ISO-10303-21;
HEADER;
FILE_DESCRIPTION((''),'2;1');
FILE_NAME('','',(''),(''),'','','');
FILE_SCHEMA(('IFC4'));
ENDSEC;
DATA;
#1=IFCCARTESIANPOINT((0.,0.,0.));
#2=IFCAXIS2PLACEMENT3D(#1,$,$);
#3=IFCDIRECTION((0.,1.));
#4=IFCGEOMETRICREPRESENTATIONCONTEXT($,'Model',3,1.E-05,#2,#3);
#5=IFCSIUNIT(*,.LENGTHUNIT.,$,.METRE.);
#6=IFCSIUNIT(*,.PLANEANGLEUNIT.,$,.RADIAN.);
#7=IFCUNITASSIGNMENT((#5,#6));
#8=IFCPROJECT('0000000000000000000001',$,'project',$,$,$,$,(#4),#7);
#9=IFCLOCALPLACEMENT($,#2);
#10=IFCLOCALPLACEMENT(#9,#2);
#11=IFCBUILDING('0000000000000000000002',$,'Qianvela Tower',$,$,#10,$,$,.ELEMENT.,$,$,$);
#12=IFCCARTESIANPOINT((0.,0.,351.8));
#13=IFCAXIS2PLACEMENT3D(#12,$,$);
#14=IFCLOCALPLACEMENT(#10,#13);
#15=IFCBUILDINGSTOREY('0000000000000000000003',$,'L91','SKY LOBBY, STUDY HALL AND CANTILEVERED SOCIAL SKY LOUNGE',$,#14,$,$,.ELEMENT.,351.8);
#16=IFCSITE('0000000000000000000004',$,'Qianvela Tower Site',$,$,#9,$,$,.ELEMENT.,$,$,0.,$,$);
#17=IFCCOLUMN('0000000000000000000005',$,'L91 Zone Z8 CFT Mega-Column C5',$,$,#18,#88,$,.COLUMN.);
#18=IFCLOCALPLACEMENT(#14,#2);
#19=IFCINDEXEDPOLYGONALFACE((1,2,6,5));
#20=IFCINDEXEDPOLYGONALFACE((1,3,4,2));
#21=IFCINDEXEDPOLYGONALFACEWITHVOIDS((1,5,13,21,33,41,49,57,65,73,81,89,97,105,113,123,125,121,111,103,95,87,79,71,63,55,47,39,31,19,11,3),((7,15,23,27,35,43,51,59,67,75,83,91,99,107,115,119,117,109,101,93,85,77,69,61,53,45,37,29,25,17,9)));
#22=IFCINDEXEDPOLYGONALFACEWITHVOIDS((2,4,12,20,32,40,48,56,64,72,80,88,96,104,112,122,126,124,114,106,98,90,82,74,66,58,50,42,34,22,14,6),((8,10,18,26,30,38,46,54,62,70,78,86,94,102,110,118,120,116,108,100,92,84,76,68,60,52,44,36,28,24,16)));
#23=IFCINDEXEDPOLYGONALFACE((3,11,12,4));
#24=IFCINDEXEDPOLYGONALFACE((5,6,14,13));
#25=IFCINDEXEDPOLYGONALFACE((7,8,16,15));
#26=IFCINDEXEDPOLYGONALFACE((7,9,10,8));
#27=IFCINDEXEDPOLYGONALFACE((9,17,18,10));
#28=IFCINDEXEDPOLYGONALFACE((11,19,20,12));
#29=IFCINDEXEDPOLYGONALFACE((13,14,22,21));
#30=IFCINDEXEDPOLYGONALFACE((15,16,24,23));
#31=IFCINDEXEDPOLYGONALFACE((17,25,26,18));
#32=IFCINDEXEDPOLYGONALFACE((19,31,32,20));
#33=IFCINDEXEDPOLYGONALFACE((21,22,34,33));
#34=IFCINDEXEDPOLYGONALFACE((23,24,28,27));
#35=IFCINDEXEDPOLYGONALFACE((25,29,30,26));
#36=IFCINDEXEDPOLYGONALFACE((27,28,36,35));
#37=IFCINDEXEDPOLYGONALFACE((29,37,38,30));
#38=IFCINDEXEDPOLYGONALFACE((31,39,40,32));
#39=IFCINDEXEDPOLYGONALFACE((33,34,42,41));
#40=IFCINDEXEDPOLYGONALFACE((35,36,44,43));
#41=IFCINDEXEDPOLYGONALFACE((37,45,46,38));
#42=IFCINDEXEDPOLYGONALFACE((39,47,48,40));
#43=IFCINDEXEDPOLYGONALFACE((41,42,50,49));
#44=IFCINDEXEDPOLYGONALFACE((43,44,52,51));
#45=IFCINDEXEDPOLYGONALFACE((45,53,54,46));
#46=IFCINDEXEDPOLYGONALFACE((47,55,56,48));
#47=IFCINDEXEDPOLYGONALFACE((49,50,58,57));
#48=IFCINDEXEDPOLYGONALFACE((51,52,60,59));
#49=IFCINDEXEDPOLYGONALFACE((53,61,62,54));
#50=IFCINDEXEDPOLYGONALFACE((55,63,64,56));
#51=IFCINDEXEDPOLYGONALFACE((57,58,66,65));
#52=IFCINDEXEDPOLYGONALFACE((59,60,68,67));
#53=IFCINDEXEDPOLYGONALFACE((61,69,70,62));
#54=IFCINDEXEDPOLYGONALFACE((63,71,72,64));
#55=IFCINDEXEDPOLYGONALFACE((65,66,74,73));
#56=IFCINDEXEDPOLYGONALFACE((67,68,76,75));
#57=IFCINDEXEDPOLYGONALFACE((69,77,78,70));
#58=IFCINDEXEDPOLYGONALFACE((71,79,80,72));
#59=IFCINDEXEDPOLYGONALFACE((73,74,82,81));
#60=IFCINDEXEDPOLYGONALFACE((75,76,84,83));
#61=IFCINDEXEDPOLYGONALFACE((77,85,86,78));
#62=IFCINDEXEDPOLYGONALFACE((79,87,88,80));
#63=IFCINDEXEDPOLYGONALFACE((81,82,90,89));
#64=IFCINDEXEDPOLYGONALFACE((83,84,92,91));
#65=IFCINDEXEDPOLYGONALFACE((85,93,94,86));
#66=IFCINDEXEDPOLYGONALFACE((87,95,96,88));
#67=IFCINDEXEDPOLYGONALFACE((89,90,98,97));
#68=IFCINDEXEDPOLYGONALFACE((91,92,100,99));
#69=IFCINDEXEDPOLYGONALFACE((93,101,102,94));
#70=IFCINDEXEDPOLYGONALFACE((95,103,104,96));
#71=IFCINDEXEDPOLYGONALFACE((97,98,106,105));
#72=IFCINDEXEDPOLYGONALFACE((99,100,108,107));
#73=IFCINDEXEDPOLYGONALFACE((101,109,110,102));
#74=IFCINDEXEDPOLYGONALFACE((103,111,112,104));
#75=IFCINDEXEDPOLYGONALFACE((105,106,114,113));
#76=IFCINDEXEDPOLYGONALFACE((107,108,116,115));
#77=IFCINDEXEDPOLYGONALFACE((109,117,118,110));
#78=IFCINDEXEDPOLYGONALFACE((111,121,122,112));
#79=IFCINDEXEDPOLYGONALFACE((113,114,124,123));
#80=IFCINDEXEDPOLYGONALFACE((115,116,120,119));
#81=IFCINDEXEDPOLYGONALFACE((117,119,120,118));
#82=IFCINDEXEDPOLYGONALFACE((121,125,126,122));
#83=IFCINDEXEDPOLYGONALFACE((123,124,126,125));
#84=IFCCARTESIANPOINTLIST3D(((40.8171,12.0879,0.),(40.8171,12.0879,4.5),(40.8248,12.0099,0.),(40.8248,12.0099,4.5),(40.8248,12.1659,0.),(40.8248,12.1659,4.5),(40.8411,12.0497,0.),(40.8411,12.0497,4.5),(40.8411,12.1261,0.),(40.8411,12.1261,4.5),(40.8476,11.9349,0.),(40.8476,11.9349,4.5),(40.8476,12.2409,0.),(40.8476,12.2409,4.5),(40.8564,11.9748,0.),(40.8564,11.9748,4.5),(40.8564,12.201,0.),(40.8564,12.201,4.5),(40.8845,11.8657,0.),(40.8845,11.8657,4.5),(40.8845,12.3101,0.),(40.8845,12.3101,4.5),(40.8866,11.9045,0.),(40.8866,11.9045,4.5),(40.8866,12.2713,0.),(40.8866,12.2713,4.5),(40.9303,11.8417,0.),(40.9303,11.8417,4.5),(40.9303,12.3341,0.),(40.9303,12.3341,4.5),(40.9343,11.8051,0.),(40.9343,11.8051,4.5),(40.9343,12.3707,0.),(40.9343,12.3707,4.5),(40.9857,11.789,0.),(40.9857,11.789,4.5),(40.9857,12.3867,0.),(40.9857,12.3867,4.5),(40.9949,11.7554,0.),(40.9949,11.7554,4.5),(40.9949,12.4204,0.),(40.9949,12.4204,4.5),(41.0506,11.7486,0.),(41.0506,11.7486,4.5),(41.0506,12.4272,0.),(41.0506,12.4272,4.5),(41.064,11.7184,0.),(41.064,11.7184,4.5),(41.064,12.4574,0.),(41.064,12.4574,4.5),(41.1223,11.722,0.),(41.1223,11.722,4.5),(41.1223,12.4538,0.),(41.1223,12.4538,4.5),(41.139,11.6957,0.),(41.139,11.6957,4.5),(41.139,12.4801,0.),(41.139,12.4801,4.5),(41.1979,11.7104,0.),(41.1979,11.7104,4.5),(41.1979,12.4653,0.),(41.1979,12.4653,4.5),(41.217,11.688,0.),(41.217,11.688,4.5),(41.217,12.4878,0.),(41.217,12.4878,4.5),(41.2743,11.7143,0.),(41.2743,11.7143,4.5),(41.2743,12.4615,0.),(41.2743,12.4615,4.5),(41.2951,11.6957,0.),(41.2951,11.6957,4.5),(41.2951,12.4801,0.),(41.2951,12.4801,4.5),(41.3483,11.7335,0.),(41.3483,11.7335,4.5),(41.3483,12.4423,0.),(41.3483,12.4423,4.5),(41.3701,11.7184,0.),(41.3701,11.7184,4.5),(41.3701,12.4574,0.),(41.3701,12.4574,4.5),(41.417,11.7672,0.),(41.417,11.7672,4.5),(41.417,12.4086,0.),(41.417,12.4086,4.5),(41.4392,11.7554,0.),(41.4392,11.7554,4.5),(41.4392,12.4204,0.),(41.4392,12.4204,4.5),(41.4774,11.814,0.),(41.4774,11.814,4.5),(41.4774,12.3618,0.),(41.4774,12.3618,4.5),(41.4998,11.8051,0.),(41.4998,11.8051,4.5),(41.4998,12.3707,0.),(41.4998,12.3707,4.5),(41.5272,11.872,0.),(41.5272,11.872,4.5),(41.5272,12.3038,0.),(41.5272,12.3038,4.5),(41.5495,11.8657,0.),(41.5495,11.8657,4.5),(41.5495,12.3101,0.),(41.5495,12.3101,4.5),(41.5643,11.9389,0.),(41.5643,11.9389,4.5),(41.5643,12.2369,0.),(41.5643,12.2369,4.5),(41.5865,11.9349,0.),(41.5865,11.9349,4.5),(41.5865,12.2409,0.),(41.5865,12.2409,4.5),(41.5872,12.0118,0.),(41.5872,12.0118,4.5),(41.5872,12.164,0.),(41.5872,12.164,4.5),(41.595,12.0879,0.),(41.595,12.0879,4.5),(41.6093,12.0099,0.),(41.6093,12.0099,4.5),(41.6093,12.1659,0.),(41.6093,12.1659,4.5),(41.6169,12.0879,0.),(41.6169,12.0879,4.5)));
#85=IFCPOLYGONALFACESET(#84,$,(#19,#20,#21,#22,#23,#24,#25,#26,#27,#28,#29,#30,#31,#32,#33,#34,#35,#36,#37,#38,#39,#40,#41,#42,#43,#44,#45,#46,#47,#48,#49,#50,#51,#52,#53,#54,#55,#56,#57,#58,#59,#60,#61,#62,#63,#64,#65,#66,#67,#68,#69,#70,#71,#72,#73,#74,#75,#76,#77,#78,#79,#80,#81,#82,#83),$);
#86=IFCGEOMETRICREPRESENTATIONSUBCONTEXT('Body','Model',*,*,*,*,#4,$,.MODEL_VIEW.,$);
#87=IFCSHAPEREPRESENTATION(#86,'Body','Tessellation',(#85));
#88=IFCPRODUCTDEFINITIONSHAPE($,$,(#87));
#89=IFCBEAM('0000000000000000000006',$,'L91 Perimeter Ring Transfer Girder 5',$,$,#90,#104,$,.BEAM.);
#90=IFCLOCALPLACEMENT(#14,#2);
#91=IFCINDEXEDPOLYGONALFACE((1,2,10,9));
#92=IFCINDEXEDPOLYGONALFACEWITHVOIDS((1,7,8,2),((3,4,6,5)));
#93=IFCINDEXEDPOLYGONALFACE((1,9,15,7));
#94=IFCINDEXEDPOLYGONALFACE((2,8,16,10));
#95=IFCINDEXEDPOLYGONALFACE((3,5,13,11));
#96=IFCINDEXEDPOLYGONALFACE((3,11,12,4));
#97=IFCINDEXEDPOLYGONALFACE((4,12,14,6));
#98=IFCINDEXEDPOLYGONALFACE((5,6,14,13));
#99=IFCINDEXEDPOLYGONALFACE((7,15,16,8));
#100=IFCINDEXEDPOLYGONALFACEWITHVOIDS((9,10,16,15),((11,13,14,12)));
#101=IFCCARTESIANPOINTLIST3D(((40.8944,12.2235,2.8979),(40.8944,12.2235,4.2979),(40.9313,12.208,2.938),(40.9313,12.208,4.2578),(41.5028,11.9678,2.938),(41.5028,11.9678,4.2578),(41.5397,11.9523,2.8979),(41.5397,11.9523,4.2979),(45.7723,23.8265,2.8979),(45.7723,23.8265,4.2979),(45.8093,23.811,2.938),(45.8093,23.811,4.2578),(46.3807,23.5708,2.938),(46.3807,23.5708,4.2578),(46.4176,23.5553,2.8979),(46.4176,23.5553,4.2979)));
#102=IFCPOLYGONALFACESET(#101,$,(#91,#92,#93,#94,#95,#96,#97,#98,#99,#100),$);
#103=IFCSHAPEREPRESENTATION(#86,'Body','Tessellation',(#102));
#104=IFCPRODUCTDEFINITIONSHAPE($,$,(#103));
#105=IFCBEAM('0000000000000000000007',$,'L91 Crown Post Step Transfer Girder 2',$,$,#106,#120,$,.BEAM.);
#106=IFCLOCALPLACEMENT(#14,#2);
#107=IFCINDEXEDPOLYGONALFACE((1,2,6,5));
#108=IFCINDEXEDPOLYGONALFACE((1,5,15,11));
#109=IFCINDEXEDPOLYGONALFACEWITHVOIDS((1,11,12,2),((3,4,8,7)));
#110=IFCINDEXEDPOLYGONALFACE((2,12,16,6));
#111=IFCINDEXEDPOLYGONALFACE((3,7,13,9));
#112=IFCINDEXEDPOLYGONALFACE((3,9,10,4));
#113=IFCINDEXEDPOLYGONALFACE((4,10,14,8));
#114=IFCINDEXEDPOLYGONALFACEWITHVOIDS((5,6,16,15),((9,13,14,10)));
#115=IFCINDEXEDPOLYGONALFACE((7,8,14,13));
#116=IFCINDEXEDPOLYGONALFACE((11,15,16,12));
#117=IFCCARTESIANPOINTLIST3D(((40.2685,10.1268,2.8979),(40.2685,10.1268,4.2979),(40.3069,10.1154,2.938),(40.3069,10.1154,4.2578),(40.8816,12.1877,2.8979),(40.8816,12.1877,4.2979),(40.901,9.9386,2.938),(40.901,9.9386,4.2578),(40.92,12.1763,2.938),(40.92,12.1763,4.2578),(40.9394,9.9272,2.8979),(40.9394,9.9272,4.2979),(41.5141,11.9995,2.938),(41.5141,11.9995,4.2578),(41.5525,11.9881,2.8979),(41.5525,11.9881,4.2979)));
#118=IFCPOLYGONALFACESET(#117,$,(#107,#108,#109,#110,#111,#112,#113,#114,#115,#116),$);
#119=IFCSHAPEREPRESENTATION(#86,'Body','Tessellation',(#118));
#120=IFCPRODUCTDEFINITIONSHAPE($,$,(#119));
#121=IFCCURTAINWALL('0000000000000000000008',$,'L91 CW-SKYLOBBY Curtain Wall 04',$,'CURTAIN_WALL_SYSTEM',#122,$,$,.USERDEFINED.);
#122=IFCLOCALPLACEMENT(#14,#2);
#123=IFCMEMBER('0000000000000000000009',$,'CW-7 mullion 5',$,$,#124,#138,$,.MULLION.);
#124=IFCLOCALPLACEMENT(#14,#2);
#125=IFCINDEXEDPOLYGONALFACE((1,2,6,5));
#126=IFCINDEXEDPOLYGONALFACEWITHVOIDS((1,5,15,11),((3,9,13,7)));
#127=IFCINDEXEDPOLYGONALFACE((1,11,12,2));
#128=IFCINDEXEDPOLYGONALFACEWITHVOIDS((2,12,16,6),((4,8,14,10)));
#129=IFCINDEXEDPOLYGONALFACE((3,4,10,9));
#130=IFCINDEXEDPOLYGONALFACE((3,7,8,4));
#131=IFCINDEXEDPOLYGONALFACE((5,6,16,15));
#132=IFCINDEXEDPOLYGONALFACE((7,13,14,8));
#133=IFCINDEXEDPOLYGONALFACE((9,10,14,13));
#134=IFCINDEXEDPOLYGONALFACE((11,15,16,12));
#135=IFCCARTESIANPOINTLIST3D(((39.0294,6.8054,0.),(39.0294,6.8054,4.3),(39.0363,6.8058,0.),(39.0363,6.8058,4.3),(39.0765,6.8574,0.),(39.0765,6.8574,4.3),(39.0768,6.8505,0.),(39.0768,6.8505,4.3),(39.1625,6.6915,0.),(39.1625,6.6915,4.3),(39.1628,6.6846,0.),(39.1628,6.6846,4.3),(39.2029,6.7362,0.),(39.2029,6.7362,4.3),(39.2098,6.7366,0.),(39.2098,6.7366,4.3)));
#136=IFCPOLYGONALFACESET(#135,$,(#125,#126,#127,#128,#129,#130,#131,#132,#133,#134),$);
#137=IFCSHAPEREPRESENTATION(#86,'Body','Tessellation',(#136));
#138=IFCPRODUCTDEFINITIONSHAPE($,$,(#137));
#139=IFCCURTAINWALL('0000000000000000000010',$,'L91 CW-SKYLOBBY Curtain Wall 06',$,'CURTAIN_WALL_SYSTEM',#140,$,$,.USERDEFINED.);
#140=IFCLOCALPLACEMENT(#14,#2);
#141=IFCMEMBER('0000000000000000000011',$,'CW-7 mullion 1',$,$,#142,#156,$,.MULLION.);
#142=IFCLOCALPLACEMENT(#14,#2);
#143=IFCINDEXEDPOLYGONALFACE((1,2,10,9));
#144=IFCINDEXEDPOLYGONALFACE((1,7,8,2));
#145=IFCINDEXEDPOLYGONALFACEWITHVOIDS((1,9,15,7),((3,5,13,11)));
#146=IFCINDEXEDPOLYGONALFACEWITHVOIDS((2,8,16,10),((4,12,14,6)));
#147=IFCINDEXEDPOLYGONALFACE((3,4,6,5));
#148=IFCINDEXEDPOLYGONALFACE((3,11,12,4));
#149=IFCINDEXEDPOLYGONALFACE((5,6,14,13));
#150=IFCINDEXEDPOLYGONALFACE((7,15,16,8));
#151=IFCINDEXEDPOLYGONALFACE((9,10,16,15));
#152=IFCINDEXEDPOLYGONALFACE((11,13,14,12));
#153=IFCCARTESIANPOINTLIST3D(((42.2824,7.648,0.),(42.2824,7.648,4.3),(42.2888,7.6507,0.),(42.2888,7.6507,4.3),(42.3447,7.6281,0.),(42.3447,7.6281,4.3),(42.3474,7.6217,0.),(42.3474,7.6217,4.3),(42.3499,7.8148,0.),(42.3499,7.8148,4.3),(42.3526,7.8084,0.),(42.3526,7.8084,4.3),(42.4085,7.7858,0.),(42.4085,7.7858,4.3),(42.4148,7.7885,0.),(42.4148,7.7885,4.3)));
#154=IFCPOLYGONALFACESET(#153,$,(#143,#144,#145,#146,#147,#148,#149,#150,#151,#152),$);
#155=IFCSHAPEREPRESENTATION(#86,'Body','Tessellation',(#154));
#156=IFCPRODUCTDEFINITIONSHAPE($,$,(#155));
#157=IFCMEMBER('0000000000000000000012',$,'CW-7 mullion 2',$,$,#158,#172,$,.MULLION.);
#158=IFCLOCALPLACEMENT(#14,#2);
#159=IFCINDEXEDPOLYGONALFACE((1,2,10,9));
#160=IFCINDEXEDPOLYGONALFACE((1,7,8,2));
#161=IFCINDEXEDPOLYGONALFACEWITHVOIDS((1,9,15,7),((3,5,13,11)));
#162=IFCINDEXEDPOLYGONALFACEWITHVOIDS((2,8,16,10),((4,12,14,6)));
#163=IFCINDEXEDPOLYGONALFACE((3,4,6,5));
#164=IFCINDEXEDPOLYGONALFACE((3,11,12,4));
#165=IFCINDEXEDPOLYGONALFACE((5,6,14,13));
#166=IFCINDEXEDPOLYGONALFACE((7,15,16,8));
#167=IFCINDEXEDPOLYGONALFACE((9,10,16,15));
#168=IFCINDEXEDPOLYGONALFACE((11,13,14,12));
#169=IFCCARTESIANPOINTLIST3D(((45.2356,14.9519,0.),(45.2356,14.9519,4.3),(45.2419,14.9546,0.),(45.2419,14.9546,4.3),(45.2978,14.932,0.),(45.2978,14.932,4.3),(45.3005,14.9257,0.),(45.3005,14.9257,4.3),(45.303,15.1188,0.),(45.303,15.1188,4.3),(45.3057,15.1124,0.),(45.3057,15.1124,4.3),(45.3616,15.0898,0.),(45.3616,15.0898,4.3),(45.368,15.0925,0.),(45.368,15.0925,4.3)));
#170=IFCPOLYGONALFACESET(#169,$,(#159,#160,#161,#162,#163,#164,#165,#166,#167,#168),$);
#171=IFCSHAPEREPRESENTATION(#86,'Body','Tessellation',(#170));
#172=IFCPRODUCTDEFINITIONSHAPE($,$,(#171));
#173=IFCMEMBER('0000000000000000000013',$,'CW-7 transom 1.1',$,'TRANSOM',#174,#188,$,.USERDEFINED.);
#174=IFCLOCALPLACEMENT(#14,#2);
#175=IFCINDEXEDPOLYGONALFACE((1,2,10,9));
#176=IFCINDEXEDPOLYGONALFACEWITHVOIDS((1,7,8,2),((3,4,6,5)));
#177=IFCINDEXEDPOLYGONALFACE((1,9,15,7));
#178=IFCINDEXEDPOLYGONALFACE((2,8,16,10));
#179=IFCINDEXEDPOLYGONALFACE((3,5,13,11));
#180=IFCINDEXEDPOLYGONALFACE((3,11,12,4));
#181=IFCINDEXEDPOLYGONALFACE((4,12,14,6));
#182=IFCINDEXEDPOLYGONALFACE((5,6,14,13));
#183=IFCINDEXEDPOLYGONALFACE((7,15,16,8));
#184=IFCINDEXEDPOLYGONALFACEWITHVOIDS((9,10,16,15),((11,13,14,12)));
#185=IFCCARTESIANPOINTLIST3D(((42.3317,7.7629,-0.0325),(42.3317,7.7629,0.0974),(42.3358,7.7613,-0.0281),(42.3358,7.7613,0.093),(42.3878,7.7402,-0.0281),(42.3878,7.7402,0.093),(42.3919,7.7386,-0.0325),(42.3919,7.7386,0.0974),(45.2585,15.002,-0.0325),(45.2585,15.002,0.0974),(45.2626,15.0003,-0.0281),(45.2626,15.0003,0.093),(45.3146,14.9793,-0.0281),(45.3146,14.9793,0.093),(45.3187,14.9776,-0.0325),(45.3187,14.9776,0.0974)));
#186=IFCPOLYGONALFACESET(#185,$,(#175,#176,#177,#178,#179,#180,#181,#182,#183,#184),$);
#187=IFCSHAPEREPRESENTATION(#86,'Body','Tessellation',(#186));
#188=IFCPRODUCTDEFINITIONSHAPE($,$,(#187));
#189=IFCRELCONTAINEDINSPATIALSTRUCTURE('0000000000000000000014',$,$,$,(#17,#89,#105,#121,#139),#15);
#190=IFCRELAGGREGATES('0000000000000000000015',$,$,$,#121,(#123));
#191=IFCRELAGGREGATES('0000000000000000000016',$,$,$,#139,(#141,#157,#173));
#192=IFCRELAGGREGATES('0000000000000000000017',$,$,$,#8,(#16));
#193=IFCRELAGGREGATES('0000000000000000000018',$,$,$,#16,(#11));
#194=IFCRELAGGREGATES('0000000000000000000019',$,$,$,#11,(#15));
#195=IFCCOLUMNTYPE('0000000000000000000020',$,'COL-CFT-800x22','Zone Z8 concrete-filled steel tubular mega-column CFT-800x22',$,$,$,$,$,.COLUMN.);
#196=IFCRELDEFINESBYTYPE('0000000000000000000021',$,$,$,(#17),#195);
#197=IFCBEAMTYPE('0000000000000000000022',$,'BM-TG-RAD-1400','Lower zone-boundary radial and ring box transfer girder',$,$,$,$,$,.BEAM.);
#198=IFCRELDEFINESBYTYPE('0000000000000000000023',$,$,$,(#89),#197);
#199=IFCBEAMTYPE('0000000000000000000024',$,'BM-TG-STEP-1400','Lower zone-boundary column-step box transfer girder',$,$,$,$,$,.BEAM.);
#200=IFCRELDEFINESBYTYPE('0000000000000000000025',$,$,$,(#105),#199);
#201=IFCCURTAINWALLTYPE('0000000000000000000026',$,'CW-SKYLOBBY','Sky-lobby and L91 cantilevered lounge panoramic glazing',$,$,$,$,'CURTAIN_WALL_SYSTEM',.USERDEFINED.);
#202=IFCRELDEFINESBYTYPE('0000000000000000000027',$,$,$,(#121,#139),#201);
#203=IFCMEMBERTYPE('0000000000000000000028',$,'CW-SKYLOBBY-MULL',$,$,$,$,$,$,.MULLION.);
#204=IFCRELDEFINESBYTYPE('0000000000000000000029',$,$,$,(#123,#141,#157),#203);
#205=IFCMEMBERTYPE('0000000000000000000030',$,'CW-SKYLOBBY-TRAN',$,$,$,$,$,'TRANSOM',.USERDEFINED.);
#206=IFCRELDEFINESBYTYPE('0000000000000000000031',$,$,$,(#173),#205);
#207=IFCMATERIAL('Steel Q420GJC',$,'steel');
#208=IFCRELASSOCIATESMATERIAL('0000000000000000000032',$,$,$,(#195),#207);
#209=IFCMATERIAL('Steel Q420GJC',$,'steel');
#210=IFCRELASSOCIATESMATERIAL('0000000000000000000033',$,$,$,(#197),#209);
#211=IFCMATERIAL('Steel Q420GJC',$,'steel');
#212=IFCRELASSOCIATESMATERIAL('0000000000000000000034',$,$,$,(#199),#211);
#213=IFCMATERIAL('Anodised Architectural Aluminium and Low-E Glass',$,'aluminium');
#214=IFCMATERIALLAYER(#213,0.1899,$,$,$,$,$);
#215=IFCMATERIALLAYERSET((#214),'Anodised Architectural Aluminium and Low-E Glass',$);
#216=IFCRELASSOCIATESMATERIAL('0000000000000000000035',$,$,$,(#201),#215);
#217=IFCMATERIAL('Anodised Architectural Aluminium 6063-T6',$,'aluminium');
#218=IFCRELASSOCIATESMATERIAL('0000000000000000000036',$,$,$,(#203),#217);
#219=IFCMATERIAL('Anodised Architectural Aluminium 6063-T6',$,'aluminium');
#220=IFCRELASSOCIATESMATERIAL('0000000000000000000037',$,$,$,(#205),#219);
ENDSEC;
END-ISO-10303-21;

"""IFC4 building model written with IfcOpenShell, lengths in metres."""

from ifc_helpers import new_model, si_unit, direction, frame, origin, origin_2d, place, context, subcontext, project, spatial, hollow_rectangle, hollow_circle, extrude, material, layer, layer_set, material_profile, profile_set, type_object, element, aggregate, save


model = new_model("IFC4")

# Units and contexts
model_context = context("Model", 3, precision=1e-05, world=origin(), true_north=direction((0.0, 1.0)))
body_context = subcontext(model_context, "Body", "Model", "MODEL_VIEW")
ifc_project = project(units=[si_unit("LENGTHUNIT", "METRE"), si_unit("PLANEANGLEUNIT", "RADIAN")], contexts=[model_context])

# Site, building, storey
site_placement = place(None, origin())
site = spatial("IfcSite", under=ifc_project, at=site_placement, Name="Qianvela Tower Site", CompositionType="ELEMENT", RefElevation=0.0)
building_placement = place(site_placement, origin())
building = spatial("IfcBuilding", under=site, at=building_placement, Name="Qianvela Tower", CompositionType="ELEMENT")
storey_placement = place(building_placement, frame((0.0, 0.0, 351.8)))
storey = spatial("IfcBuildingStorey", under=building, at=storey_placement, Name="L91", Description="SKY LOBBY, STUDY HALL AND CANTILEVERED SOCIAL SKY LOUNGE", CompositionType="ELEMENT", Elevation=351.8)

# Column
ifc_material_1 = material(Name="Steel Q420GJC", Category="steel")
ifc_material_profile_1 = material_profile(ifc_material_1, hollow_circle(Radius=0.3999, WallThickness=0.022, at=origin_2d()), Name="CFT-800x22")
ifc_profile_set_1 = profile_set([ifc_material_profile_1], Name="Steel Q420GJC")
column_type = type_object("IfcColumnType", Name="COL-CFT-800x22", Description="Zone Z8 concrete-filled steel tubular mega-column CFT-800x22", PredefinedType="COLUMN", material=ifc_profile_set_1)
column_placement = place(storey_placement, frame((41.217, 12.0879, 0.0), z_axis=(0.0, 0.0, 1.0), x_axis=(1.0, 0.0, 0.0)))
element("IfcColumn", 1, at=column_placement, inside=storey, type_object=column_type, Name="L91 Zone Z8 CFT Mega-Column C5", PredefinedType="COLUMN", context=body_context, shape_type="SweptSolid", body=[
    extrude(hollow_circle(Radius=0.3999, WallThickness=0.022, at=origin_2d()), origin(), (0.0, 0.0, 1.0), 4.5),
])

# Beams
ifc_material_2 = material(Name="Steel Q420GJC", Category="steel")
ifc_material_profile_2 = material_profile(ifc_material_2, hollow_rectangle(XDim=0.7, YDim=1.3999, WallThickness=0.04, at=origin_2d()), Name="TG-BOX-1400x700x40")
ifc_profile_set_2 = profile_set([ifc_material_profile_2], Name="Steel Q420GJC")
beam_type_1 = type_object("IfcBeamType", Name="BM-TG-RAD-1400", Description="Lower zone-boundary radial and ring box transfer girder", PredefinedType="BEAM", material=ifc_profile_set_2)
beam_1_placement = place(storey_placement, frame((41.217, 12.0879, 3.5979), z_axis=(0.387547, 0.92185, 0.0), x_axis=(-0.92185, 0.387547, 0.0)))
element("IfcBeam", 2, at=beam_1_placement, inside=storey, type_object=beam_type_1, Name="L91 Perimeter Ring Transfer Girder 5", PredefinedType="BEAM", context=body_context, shape_type="SweptSolid", body=[
    extrude(hollow_rectangle(XDim=0.7, YDim=1.3999, WallThickness=0.04, at=origin_2d()), origin(), (0.0, 0.0, 1.0), 12.5867),
])
ifc_material_3 = material(Name="Steel Q420GJC", Category="steel")
ifc_material_profile_3 = material_profile(ifc_material_3, hollow_rectangle(XDim=0.7, YDim=1.3999, WallThickness=0.04, at=origin_2d()), Name="TG-BOX-1400x700x40")
ifc_profile_set_3 = profile_set([ifc_material_profile_3], Name="Steel Q420GJC")
beam_type_2 = type_object("IfcBeamType", Name="BM-TG-STEP-1400", Description="Lower zone-boundary column-step box transfer girder", PredefinedType="BEAM", material=ifc_profile_set_3)
beam_2_placement = place(storey_placement, frame((41.217, 12.0879, 3.5979), z_axis=(-0.285128, -0.958489, 0.0), x_axis=(0.958489, -0.285128, 0.0)))
element("IfcBeam", 3, at=beam_2_placement, inside=storey, type_object=beam_type_2, Name="L91 Crown Post Step Transfer Girder 2", PredefinedType="BEAM", context=body_context, shape_type="SweptSolid", body=[
    extrude(hollow_rectangle(XDim=0.7, YDim=1.3999, WallThickness=0.04, at=origin_2d()), origin(), (0.0, 0.0, 1.0), 2.1501),
])

# Curtain wall, member
ifc_material_4 = material(Name="Anodised Architectural Aluminium and Low-E Glass", Category="aluminium")
ifc_layer_1 = layer(ifc_material_4, 0.1899)
ifc_layer_set_1 = layer_set([ifc_layer_1], Name="Anodised Architectural Aluminium and Low-E Glass")
curtain_wall_type = type_object("IfcCurtainWallType", Name="CW-SKYLOBBY", Description="Sky-lobby and L91 cantilevered lounge panoramic glazing", ElementType="CURTAIN_WALL_SYSTEM", PredefinedType="USERDEFINED", material=ifc_layer_set_1)
curtain_wall_1_placement = place(storey_placement, origin())
curtain_wall_1 = element("IfcCurtainWall", 4, at=curtain_wall_1_placement, inside=storey, type_object=curtain_wall_type, Name="L91 CW-SKYLOBBY Curtain Wall 04", ObjectType="CURTAIN_WALL_SYSTEM", PredefinedType="USERDEFINED")
ifc_material_5 = material(Name="Anodised Architectural Aluminium 6063-T6", Category="aluminium")
ifc_material_profile_4 = material_profile(ifc_material_5, hollow_rectangle(XDim=0.0701, YDim=0.1799, WallThickness=0.0049, at=origin_2d()), Name="ALU-MULL-70x180")
ifc_profile_set_4 = profile_set([ifc_material_profile_4], Name="Anodised Architectural Aluminium 6063-T6")
member_type_1 = type_object("IfcMemberType", Name="CW-SKYLOBBY-MULL", PredefinedType="MULLION", material=ifc_profile_set_4)
member_1_placement = place(storey_placement, frame((39.1196, 6.771, 0.0), z_axis=(0.0, 0.0, 1.0), x_axis=(0.671203, 0.741273, 0.0)))
member_1 = element("IfcMember", 5, at=member_1_placement, type_object=member_type_1, Name="CW-7 mullion 5", PredefinedType="MULLION", context=body_context, shape_type="SweptSolid", body=[
    extrude(hollow_rectangle(XDim=0.0701, YDim=0.1799, WallThickness=0.0049, at=origin_2d()), origin(), (0.0, 0.0, 1.0), 4.3),
])

# Curtain wall, members
curtain_wall_2_placement = place(storey_placement, origin())
curtain_wall_2 = element("IfcCurtainWall", 6, at=curtain_wall_2_placement, inside=storey, type_object=curtain_wall_type, Name="L91 CW-SKYLOBBY Curtain Wall 06", ObjectType="CURTAIN_WALL_SYSTEM", PredefinedType="USERDEFINED")
member_2_placement = place(storey_placement, frame((42.3486, 7.7183, 0.0), z_axis=(0.0, 0.0, 1.0), x_axis=(-0.927092, 0.374834, 0.0)))
member_2 = element("IfcMember", 7, at=member_2_placement, type_object=member_type_1, Name="CW-7 mullion 1", PredefinedType="MULLION", context=body_context, shape_type="SweptSolid", body=[
    extrude(hollow_rectangle(XDim=0.0701, YDim=0.1799, WallThickness=0.0049, at=origin_2d()), origin(), (0.0, 0.0, 1.0), 4.3),
])
member_3_placement = place(storey_placement, frame((45.3018, 15.0222, 0.0), z_axis=(0.0, 0.0, 1.0), x_axis=(-0.927092, 0.374834, 0.0)))
member_3 = element("IfcMember", 8, at=member_3_placement, type_object=member_type_1, Name="CW-7 mullion 2", PredefinedType="MULLION", context=body_context, shape_type="SweptSolid", body=[
    extrude(hollow_rectangle(XDim=0.0701, YDim=0.1799, WallThickness=0.0049, at=origin_2d()), origin(), (0.0, 0.0, 1.0), 4.3),
])
ifc_material_6 = material(Name="Anodised Architectural Aluminium 6063-T6", Category="aluminium")
ifc_material_profile_5 = material_profile(ifc_material_6, hollow_rectangle(XDim=0.0649, YDim=0.1299, WallThickness=0.0044, at=origin_2d()), Name="ALU-TRAN-65x130")
ifc_profile_set_5 = profile_set([ifc_material_profile_5], Name="Anodised Architectural Aluminium 6063-T6")
member_type_2 = type_object("IfcMemberType", Name="CW-SKYLOBBY-TRAN", ElementType="TRANSOM", PredefinedType="USERDEFINED", material=ifc_profile_set_5)
member_4_placement = place(storey_placement, frame((42.3618, 7.7507, 0.0325), z_axis=(0.374827, 0.927095, 0.0), x_axis=(-0.927095, 0.374827, 0.0)))
member_4 = element("IfcMember", 9, at=member_4_placement, type_object=member_type_2, Name="CW-7 transom 1.1", ObjectType="TRANSOM", PredefinedType="USERDEFINED", context=body_context, shape_type="SweptSolid", body=[
    extrude(hollow_rectangle(XDim=0.0649, YDim=0.1299, WallThickness=0.0044, at=origin_2d()), origin(), (0.0, 0.0, 1.0), 7.8083),
])

aggregate(curtain_wall_1, [member_1])
aggregate(curtain_wall_2, [member_2, member_3, member_4])

save(model, "model.ifc")
